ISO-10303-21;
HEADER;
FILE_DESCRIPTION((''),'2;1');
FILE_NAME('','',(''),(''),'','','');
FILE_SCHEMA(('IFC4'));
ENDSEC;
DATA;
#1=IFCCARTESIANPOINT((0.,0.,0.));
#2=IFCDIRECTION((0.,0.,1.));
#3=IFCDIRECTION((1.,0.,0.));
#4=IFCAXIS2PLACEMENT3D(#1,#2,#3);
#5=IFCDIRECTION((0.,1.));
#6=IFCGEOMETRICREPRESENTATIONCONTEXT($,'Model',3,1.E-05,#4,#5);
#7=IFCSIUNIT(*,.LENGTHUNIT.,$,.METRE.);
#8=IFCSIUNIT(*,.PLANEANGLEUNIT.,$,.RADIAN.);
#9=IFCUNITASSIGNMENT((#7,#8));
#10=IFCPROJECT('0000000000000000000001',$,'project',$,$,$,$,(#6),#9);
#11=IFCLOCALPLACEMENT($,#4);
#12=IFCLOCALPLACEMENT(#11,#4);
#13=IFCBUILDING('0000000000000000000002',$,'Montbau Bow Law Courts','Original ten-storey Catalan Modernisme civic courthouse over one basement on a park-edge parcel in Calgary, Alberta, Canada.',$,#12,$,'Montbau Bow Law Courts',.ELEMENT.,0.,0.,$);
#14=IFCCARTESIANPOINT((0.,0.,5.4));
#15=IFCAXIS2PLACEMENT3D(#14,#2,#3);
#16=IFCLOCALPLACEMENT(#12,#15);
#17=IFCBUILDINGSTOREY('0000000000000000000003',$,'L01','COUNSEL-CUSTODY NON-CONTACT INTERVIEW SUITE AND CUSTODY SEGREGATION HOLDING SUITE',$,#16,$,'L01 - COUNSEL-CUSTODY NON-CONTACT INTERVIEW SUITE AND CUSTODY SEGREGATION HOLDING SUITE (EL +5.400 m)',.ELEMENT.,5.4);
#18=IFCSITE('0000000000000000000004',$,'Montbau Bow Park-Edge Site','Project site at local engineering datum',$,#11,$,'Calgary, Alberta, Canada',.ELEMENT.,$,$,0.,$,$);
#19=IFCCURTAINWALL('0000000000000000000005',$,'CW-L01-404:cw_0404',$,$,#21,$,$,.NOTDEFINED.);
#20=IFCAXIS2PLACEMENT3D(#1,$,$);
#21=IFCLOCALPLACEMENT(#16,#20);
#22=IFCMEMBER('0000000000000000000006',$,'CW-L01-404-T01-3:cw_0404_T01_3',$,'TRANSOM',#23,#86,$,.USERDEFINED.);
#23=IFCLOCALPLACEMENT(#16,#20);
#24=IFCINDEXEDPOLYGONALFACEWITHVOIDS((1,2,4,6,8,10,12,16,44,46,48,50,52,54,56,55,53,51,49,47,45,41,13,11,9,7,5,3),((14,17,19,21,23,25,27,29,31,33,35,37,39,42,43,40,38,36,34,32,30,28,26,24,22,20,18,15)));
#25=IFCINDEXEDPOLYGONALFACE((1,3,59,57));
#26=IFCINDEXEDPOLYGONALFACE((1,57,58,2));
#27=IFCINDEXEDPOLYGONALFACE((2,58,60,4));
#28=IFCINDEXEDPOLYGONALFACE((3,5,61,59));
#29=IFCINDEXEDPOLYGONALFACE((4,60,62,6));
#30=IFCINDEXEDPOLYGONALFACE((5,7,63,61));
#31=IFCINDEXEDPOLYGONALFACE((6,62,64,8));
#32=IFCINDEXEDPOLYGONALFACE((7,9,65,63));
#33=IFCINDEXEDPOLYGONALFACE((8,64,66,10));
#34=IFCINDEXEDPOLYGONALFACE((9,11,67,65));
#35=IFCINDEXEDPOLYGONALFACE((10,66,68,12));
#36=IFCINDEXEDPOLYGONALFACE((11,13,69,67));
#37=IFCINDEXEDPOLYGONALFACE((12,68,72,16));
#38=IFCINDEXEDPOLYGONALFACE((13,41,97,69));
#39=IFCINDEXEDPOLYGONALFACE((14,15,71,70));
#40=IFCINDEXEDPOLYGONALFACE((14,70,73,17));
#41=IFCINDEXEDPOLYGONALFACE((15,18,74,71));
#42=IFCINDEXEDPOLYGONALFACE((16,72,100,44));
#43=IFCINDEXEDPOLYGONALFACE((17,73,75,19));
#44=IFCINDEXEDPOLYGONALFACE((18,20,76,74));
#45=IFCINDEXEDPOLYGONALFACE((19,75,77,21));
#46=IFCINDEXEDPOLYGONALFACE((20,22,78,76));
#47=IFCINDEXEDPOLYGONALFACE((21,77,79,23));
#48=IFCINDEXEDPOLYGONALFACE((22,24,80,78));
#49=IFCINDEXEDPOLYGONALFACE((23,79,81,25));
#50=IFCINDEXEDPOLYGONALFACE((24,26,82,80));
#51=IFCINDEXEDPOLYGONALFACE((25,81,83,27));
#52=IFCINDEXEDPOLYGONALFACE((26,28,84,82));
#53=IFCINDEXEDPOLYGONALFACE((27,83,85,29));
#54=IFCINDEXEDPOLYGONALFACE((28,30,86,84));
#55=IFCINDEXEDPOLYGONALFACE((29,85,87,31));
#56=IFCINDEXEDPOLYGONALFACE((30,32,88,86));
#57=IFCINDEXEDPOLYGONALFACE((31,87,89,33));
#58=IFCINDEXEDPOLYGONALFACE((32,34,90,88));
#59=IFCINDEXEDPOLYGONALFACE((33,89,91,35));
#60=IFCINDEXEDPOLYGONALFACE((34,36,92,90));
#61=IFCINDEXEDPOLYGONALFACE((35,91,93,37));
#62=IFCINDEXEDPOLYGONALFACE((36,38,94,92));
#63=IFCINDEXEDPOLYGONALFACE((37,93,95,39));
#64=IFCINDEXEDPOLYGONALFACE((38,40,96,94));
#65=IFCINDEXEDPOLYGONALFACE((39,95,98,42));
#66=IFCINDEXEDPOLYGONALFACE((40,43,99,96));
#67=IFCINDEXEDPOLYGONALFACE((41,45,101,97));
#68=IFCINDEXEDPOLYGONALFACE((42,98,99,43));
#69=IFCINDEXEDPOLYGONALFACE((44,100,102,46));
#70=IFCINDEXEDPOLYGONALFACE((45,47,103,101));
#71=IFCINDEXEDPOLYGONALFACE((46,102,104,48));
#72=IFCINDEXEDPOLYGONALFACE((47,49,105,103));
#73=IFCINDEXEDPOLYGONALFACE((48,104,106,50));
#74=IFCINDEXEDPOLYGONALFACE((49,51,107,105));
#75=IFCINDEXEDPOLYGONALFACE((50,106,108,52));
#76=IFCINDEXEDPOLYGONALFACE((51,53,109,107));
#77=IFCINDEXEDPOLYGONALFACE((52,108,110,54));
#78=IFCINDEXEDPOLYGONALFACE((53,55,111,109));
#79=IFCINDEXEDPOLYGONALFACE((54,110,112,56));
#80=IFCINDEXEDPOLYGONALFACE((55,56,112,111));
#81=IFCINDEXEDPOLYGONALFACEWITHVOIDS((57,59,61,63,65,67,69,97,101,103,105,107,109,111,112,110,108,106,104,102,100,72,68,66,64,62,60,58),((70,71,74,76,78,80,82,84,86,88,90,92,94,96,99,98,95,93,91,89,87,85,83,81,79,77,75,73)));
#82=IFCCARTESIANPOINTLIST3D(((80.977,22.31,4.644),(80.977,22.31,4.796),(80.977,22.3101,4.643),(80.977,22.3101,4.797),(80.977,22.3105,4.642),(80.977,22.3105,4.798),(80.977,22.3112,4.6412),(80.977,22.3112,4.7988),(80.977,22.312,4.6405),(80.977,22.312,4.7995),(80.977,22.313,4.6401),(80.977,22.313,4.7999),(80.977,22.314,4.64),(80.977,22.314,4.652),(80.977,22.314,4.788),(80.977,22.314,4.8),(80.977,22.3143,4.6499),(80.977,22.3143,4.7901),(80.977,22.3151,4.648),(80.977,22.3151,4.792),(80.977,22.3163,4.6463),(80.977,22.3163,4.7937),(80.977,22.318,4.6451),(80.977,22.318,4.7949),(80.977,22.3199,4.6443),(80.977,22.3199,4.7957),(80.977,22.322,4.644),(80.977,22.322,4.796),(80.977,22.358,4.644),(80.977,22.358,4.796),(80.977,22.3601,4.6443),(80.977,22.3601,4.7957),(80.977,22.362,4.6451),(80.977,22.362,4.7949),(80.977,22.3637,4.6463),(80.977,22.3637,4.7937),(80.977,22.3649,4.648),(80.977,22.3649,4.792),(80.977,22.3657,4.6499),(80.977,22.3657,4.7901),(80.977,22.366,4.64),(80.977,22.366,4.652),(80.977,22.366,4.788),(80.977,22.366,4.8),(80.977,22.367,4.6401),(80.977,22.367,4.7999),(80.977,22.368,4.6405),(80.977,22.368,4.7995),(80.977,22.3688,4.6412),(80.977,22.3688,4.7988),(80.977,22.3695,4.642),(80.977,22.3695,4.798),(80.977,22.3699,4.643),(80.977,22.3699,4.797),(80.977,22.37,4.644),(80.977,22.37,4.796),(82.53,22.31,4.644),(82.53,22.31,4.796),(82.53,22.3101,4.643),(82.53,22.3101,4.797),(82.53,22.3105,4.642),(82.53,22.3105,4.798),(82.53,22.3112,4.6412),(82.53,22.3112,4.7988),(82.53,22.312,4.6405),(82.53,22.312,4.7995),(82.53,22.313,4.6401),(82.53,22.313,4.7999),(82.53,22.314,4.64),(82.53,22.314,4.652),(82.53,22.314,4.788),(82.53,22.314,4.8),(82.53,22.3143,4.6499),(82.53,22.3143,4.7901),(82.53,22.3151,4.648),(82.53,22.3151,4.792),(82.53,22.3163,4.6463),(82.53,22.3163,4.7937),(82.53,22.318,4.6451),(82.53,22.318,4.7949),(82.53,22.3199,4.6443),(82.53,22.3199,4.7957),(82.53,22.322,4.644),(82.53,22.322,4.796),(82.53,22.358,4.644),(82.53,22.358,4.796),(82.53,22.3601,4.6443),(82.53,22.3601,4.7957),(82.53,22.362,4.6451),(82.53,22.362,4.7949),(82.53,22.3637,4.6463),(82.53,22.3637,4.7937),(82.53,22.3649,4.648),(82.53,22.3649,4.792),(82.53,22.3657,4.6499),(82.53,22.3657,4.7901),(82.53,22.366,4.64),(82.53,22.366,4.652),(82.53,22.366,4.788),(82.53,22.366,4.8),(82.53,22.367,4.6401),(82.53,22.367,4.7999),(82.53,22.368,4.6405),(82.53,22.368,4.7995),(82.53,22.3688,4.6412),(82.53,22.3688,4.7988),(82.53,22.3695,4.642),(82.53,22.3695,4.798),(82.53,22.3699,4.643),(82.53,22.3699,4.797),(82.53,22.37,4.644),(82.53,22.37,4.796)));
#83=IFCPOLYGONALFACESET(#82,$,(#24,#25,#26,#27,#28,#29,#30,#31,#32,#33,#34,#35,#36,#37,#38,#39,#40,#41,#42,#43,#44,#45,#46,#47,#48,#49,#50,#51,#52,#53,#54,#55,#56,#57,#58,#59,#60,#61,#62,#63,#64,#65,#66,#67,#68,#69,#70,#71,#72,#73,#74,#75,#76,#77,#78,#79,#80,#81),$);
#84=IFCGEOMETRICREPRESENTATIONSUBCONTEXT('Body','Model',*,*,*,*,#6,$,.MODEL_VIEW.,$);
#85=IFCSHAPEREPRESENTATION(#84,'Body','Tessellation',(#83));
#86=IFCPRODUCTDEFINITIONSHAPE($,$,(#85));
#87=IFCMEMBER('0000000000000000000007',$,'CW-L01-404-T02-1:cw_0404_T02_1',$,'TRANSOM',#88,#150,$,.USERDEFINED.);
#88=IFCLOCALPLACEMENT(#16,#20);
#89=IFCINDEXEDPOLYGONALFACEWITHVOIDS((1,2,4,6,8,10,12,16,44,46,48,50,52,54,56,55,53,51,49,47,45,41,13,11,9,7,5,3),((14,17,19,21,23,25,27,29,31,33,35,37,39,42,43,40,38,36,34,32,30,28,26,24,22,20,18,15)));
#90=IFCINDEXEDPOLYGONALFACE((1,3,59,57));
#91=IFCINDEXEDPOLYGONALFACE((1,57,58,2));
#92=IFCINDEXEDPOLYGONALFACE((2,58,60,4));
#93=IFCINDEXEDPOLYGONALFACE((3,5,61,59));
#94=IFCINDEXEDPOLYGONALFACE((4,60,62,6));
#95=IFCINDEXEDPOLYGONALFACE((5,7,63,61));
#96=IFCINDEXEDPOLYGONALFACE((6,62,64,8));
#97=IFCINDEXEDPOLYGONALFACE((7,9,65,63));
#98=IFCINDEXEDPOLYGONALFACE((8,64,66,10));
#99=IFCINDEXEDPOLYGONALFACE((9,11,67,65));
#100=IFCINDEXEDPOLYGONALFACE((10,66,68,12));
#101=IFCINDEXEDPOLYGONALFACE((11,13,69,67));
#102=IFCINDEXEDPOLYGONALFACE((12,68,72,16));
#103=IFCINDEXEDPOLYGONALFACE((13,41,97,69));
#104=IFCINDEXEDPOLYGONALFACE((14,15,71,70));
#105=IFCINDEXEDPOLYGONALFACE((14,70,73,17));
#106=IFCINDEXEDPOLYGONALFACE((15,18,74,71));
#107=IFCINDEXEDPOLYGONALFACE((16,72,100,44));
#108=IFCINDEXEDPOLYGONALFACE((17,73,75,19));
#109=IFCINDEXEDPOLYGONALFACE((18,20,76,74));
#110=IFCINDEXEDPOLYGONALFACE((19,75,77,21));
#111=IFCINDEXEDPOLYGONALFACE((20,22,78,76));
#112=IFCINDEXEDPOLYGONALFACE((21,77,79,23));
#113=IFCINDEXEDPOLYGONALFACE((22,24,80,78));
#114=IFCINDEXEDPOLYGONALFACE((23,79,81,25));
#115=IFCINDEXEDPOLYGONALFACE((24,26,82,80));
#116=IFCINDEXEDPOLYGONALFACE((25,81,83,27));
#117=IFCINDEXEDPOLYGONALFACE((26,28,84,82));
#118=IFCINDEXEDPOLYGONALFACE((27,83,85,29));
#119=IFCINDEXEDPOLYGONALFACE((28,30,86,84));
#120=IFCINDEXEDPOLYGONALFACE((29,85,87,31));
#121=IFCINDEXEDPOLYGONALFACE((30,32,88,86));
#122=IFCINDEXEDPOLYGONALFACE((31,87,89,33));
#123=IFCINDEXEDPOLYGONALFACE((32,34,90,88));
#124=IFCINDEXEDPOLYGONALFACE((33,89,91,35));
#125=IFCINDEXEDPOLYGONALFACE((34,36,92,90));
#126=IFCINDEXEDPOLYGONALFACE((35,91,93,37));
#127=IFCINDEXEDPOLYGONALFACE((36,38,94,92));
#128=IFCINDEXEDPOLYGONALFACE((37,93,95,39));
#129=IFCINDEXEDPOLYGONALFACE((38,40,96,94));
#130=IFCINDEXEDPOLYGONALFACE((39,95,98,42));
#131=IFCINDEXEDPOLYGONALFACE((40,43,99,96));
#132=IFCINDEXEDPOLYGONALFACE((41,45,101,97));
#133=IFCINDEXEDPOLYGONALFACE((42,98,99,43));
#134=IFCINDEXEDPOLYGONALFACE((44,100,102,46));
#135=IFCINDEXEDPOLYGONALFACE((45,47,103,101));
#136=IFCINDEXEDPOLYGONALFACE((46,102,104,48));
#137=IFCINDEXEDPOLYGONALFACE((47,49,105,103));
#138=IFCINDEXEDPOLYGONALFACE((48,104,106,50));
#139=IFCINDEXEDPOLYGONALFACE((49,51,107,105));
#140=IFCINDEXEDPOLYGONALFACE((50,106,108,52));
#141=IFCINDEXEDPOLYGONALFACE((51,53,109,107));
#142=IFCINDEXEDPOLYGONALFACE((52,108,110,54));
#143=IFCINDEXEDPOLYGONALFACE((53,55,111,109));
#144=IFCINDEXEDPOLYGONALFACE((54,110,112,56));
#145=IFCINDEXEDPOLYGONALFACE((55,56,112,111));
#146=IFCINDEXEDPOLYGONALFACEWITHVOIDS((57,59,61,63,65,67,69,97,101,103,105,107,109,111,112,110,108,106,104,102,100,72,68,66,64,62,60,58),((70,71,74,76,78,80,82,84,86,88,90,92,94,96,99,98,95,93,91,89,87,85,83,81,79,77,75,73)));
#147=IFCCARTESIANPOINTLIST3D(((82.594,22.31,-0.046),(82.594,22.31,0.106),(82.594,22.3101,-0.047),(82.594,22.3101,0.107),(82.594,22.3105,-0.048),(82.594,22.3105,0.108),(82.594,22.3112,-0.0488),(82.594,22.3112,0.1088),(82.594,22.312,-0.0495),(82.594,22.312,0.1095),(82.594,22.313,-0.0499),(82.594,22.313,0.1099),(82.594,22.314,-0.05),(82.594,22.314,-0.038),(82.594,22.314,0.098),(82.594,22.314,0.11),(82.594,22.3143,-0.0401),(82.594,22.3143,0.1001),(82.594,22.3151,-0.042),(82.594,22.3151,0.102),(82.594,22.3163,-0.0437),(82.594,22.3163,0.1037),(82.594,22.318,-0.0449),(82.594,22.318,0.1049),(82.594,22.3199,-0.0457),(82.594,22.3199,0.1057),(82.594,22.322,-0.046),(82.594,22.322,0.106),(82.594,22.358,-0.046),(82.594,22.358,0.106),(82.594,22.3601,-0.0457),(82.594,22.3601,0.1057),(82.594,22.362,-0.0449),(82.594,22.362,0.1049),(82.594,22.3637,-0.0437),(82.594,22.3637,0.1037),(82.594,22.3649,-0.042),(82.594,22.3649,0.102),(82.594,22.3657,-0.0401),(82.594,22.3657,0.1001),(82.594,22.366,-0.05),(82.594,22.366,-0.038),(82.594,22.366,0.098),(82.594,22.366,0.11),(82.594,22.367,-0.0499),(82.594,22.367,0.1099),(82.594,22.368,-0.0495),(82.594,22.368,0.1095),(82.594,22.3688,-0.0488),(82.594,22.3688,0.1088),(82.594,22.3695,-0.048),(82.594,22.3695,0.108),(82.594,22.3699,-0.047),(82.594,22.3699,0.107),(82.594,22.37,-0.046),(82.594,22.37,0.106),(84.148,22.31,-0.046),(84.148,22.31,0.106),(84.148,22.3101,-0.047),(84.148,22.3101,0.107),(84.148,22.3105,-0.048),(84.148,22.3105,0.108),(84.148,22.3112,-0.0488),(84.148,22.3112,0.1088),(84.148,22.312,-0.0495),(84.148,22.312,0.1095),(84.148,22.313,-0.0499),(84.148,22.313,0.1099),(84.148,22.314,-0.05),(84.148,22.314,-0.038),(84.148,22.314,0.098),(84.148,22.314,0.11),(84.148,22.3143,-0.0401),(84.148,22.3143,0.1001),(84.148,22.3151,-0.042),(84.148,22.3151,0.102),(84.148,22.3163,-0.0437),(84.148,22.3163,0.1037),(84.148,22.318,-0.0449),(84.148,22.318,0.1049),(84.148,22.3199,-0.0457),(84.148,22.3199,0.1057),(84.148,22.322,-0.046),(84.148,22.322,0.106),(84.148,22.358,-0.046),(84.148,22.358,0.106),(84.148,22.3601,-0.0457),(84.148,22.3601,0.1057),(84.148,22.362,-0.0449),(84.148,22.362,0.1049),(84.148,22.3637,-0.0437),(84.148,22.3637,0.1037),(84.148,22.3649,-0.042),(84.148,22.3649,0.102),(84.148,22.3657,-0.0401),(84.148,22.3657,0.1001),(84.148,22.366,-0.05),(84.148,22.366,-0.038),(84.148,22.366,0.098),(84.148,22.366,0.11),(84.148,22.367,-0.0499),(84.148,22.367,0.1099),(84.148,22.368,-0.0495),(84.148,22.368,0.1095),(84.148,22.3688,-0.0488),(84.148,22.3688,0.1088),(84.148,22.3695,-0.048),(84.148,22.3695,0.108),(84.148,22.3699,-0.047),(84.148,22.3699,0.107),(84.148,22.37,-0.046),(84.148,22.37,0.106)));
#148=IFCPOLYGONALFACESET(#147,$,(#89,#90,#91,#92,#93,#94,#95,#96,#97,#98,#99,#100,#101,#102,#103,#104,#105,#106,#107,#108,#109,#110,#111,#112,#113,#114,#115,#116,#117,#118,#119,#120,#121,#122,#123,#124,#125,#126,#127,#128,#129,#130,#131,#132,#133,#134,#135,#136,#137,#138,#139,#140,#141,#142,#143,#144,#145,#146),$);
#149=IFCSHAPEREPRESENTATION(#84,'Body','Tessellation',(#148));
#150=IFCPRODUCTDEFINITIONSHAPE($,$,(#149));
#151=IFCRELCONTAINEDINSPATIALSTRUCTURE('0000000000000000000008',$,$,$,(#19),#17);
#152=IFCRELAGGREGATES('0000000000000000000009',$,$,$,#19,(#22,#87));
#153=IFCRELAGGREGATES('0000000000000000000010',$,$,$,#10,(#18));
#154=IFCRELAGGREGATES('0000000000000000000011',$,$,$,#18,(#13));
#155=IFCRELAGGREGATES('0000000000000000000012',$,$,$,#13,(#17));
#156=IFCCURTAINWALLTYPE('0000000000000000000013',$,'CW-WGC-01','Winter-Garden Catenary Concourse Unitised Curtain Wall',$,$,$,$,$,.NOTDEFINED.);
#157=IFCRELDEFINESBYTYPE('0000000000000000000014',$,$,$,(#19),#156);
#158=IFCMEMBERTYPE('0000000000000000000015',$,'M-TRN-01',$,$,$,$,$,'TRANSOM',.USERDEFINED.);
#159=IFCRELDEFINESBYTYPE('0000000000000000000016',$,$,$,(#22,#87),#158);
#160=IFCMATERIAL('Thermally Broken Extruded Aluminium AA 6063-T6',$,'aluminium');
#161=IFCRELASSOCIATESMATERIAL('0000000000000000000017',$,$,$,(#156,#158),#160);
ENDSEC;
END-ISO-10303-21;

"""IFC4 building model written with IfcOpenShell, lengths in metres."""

from ifc_helpers import new_model, si_unit, direction, frame, origin_with_axes, origin_2d_with_axis, place, context, subcontext, project, spatial, hollow_rectangle, extrude, material, material_profile, profile_set, type_object, element, aggregate, save


model = new_model("IFC4")

# Units and contexts
model_context = context("Model", 3, precision=1e-05, world=origin_with_axes(), true_north=direction((0.0, 1.0)))
body_context = subcontext(model_context, "Body", "Model", "MODEL_VIEW")
ifc_project = project(units=[si_unit("LENGTHUNIT", "METRE"), si_unit("PLANEANGLEUNIT", "RADIAN")], contexts=[model_context])

# Site, building, storey
site_placement = place(None, origin_with_axes())
site = spatial("IfcSite", under=ifc_project, at=site_placement, Name="Montbau Bow Park-Edge Site", Description="Project site at local engineering datum", LongName="Calgary, Alberta, Canada", CompositionType="ELEMENT", RefElevation=0.0)
building_placement = place(site_placement, origin_with_axes())
building = spatial("IfcBuilding", under=site, at=building_placement, Name="Montbau Bow Law Courts", Description="Original ten-storey Catalan Modernisme civic courthouse over one basement on a park-edge parcel in Calgary, Alberta, Canada.", LongName="Montbau Bow Law Courts", CompositionType="ELEMENT", ElevationOfRefHeight=0.0, ElevationOfTerrain=0.0)
storey_placement = place(building_placement, frame((0.0, 0.0, 5.4), z_axis=(0.0, 0.0, 1.0), x_axis=(1.0, 0.0, 0.0)))
storey = spatial("IfcBuildingStorey", under=building, at=storey_placement, Name="L01", Description="COUNSEL-CUSTODY NON-CONTACT INTERVIEW SUITE AND CUSTODY SEGREGATION HOLDING SUITE", LongName="L01 - COUNSEL-CUSTODY NON-CONTACT INTERVIEW SUITE AND CUSTODY SEGREGATION HOLDING SUITE (EL +5.400 m)", CompositionType="ELEMENT", Elevation=5.4)

# Shared definitions
ifc_material_1 = material(Name="Thermally Broken Extruded Aluminium AA 6063-T6", Category="aluminium")
curtain_wall_type = type_object("IfcCurtainWallType", Name="CW-WGC-01", Description="Winter-Garden Catenary Concourse Unitised Curtain Wall", PredefinedType="NOTDEFINED", material=ifc_material_1)

# Curtain wall, members
curtain_wall_1_placement = place(None, frame((80.915, 22.34, 5.4), z_axis=(0.0, 0.0, 1.0), x_axis=(1.0, 0.0, 0.0)))
curtain_wall_1 = element("IfcCurtainWall", 1, at=curtain_wall_1_placement, inside=storey, type_object=curtain_wall_type, Name="CW-L01-404:cw_0404", PredefinedType="NOTDEFINED")
ifc_material_profile_1 = material_profile(ifc_material_1, hollow_rectangle(XDim=0.06, YDim=0.16, WallThickness=0.004, InnerFilletRadius=0.008, OuterFilletRadius=0.004, at=origin_2d_with_axis()), Name="CWT-160X60", Category="Main", Priority=0)
ifc_profile_set_1 = profile_set([ifc_material_profile_1], Name="Thermally Broken Extruded Aluminium AA 6063-T6")
member_type_1 = type_object("IfcMemberType", Name="M-TRN-01", ElementType="TRANSOM", PredefinedType="USERDEFINED", material=ifc_profile_set_1)
member_1_placement = place(None, frame((80.977, 22.34, 10.12), z_axis=(1.0, 0.0, 0.0), x_axis=(0.0, 1.0, 0.0)))
member_1 = element("IfcMember", 2, at=member_1_placement, type_object=member_type_1, Name="CW-L01-404-T01-3:cw_0404_T01_3", ObjectType="TRANSOM", PredefinedType="USERDEFINED", context=body_context, shape_type="SweptSolid", body=[
    extrude(hollow_rectangle(XDim=0.06, YDim=0.16, WallThickness=0.004, InnerFilletRadius=0.008, OuterFilletRadius=0.004, at=origin_2d_with_axis()), origin_with_axes(), (0.0, 0.0, 1.0), 1.553),
])
member_2_placement = place(None, frame((82.594, 22.34, 5.43), z_axis=(1.0, 0.0, 0.0), x_axis=(0.0, 1.0, 0.0)))
member_2 = element("IfcMember", 3, at=member_2_placement, type_object=member_type_1, Name="CW-L01-404-T02-1:cw_0404_T02_1", ObjectType="TRANSOM", PredefinedType="USERDEFINED", context=body_context, shape_type="SweptSolid", body=[
    extrude(hollow_rectangle(XDim=0.06, YDim=0.16, WallThickness=0.004, InnerFilletRadius=0.008, OuterFilletRadius=0.004, at=origin_2d_with_axis()), origin_with_axes(), (0.0, 0.0, 1.0), 1.554),
])

aggregate(curtain_wall_1, [member_1, member_2])

save(model, "model.ifc")
